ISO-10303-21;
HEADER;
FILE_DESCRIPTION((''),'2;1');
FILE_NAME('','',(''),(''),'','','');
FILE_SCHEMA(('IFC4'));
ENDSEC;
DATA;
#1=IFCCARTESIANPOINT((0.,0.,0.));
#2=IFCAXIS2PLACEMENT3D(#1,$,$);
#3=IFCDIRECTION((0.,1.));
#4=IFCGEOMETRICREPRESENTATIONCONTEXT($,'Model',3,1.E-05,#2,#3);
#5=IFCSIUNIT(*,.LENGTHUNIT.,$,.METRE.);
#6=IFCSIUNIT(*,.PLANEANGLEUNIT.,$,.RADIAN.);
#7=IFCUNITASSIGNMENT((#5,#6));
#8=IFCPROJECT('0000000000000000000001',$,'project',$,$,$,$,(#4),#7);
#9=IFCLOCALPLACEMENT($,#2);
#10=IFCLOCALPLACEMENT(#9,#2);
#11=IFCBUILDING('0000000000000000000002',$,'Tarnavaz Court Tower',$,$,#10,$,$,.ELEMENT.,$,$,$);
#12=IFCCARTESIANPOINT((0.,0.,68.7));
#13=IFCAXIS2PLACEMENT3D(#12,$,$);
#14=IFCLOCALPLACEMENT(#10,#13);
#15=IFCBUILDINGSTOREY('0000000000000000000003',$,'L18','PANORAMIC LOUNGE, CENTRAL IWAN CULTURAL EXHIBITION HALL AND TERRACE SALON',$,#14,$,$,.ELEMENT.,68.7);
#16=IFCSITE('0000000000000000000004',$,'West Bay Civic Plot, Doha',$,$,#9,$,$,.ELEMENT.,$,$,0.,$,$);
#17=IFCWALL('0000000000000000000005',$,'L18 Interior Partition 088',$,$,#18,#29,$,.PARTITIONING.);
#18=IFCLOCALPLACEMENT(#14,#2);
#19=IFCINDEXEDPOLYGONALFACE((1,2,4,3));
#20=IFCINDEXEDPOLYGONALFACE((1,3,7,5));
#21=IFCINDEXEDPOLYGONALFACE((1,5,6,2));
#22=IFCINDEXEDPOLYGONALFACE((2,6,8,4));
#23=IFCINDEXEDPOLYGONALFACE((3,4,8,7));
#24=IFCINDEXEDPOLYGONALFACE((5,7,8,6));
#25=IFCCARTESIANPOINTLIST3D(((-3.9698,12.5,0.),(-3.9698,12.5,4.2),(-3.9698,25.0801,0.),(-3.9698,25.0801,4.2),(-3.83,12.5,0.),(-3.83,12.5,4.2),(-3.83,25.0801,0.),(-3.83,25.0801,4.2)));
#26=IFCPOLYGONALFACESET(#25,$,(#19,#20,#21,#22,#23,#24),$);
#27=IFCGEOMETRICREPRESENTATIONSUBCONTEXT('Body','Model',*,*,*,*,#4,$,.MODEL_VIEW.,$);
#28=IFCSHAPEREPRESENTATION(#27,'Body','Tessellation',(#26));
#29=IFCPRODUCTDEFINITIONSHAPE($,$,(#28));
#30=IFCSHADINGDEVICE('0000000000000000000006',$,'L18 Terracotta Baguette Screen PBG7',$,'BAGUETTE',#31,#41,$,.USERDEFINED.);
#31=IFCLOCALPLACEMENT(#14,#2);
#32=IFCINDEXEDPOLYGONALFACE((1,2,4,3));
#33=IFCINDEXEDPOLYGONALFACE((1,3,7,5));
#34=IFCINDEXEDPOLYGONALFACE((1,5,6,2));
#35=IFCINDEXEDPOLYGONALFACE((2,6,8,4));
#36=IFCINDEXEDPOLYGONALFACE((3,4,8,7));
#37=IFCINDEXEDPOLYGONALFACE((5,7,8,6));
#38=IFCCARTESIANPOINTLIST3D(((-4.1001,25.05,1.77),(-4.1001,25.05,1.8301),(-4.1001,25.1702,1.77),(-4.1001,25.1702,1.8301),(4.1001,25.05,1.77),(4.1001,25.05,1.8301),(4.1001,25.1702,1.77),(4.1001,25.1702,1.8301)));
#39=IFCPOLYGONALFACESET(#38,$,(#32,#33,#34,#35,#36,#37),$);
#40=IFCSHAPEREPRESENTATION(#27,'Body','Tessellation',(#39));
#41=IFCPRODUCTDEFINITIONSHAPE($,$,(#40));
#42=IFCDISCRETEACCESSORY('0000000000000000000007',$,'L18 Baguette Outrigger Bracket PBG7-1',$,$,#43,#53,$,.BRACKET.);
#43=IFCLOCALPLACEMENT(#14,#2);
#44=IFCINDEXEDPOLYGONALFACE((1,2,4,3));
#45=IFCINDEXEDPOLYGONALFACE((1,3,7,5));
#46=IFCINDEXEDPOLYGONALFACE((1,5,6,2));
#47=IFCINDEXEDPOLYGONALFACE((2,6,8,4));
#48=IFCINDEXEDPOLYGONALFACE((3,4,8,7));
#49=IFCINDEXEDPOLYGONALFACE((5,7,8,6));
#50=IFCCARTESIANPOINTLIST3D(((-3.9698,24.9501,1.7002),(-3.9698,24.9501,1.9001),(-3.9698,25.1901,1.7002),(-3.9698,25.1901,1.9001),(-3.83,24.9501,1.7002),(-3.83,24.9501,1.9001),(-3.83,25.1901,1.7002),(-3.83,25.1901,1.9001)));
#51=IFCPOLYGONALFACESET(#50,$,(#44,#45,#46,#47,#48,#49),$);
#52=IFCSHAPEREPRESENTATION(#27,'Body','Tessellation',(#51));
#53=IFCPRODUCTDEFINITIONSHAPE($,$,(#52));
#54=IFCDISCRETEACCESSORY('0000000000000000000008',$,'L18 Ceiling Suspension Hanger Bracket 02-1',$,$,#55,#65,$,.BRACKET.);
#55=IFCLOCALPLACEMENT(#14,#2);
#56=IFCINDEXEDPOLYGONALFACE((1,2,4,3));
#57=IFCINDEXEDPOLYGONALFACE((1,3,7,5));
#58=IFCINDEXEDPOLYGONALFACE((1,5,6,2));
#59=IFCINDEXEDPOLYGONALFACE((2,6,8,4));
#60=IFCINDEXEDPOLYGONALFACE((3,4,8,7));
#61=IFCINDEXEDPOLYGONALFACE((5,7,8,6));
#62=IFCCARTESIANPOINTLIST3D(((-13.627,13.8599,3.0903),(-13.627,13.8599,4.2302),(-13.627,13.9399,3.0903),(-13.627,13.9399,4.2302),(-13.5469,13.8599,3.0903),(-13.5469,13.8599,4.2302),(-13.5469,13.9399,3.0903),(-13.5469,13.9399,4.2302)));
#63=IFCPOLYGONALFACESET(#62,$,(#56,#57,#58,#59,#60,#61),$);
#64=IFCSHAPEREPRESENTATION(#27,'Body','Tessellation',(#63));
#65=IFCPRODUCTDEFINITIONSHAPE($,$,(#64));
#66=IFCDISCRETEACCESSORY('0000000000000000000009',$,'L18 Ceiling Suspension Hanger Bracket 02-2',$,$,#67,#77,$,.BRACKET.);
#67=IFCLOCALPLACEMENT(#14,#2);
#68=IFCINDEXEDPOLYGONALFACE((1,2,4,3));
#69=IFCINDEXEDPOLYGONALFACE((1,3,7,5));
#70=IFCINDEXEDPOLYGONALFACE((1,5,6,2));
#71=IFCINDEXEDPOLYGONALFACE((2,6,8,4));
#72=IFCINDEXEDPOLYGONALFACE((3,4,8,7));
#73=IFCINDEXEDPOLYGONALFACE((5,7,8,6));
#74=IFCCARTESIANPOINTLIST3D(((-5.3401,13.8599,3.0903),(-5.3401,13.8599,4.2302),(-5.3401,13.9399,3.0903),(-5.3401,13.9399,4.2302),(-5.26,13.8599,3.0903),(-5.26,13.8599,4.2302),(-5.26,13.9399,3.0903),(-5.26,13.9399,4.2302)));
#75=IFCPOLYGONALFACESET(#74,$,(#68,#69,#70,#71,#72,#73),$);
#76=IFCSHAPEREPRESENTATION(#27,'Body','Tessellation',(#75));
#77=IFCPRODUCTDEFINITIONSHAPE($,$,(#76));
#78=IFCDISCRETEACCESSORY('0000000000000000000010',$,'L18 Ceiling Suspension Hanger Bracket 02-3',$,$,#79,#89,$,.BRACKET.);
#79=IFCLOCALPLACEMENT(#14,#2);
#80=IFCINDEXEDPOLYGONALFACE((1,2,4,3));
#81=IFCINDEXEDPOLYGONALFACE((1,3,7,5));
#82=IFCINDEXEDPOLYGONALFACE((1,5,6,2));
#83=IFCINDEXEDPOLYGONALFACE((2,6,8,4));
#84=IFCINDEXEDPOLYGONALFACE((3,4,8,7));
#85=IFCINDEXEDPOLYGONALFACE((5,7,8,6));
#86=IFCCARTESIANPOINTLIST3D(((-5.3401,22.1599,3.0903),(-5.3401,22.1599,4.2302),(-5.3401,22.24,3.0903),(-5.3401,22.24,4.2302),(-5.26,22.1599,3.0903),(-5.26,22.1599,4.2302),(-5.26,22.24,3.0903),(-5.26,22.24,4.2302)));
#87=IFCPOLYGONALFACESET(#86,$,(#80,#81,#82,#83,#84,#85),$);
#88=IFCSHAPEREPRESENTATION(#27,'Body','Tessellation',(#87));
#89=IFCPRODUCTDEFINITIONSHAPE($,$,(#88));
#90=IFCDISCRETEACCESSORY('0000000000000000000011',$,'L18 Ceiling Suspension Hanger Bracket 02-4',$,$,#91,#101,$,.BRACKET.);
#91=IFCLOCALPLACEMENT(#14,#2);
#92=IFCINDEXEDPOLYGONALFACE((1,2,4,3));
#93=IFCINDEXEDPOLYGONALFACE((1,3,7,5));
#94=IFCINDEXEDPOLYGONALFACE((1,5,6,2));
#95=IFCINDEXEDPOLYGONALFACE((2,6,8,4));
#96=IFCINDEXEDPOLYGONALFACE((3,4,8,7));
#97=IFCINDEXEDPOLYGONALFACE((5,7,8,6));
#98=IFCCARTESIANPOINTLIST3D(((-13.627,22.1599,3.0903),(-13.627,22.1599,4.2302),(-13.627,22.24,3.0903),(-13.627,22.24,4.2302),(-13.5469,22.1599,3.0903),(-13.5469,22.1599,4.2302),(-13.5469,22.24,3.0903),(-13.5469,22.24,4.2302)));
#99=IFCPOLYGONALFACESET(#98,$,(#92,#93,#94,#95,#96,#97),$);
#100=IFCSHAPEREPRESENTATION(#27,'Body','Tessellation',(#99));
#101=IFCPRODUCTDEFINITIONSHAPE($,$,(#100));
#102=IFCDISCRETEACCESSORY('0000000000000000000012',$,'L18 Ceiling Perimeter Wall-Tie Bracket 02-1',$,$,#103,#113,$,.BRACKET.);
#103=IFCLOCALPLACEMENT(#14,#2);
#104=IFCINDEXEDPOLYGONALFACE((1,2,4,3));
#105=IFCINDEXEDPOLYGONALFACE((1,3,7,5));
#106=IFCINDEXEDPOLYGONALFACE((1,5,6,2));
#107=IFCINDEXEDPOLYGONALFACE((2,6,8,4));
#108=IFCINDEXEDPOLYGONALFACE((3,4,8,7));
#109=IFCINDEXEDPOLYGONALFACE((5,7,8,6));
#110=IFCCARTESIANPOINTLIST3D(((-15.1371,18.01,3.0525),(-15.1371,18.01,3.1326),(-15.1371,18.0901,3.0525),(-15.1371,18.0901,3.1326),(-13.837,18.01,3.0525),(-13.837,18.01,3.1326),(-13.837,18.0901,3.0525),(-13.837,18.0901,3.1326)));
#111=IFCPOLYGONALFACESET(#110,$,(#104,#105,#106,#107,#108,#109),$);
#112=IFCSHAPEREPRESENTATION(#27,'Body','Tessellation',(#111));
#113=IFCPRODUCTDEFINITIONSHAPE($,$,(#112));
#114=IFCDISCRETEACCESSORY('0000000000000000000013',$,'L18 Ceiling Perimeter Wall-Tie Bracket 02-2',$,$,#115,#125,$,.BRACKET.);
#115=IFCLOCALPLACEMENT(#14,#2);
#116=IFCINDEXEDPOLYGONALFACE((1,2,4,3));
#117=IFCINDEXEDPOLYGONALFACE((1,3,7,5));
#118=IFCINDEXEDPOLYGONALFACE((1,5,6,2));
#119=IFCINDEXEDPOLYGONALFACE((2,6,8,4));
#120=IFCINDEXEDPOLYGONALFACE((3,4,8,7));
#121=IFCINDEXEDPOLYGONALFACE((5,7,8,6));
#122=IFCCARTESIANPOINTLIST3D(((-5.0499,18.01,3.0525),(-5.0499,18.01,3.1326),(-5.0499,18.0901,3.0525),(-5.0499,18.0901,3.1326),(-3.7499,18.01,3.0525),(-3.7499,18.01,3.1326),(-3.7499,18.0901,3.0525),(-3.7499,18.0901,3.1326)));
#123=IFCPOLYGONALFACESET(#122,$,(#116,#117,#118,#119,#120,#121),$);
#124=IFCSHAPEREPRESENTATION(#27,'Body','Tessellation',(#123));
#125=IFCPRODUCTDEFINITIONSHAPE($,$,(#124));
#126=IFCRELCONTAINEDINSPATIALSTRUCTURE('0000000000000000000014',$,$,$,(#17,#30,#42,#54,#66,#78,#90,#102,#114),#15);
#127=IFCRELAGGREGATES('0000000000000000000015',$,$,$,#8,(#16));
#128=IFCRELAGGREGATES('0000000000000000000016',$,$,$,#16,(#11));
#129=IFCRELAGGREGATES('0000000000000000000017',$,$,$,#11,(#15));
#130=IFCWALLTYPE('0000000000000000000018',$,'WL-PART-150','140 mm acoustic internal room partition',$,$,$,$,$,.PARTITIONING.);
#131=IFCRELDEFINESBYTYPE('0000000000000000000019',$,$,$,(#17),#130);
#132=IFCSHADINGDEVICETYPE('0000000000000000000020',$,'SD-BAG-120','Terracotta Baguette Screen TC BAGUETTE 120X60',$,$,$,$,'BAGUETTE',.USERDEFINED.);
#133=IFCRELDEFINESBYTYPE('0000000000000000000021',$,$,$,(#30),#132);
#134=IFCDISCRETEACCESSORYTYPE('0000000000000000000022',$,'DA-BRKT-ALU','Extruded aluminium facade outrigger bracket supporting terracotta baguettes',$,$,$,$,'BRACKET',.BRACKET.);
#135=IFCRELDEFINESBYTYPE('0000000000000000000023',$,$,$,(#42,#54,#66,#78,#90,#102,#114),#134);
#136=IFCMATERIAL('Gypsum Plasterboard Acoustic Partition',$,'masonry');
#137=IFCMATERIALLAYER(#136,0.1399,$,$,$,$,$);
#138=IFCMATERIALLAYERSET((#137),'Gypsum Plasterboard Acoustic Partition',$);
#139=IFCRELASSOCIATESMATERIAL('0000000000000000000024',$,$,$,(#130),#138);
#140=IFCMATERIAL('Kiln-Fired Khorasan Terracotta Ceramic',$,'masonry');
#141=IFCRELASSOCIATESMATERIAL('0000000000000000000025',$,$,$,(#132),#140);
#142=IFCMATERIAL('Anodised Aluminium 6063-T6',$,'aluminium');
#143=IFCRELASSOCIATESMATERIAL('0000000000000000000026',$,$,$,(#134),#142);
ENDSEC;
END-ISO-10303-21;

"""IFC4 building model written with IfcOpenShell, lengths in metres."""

from ifc_helpers import new_model, si_unit, direction, frame, frame_2d, origin, origin_2d, place, context, subcontext, project, spatial, rectangle, extrude, material, layer, layer_set, material_profile, profile_set, type_object, element, save


model = new_model("IFC4")

# Units and contexts
model_context = context("Model", 3, precision=1e-05, world=origin(), true_north=direction((0.0, 1.0)))
body_context = subcontext(model_context, "Body", "Model", "MODEL_VIEW")
ifc_project = project(units=[si_unit("LENGTHUNIT", "METRE"), si_unit("PLANEANGLEUNIT", "RADIAN")], contexts=[model_context])

# Site, building, storey
site_placement = place(None, origin())
site = spatial("IfcSite", under=ifc_project, at=site_placement, Name="West Bay Civic Plot, Doha", CompositionType="ELEMENT", RefElevation=0.0)
building_placement = place(site_placement, origin())
building = spatial("IfcBuilding", under=site, at=building_placement, Name="Tarnavaz Court Tower", CompositionType="ELEMENT")
storey_placement = place(building_placement, frame((0.0, 0.0, 68.7)))
storey = spatial("IfcBuildingStorey", under=building, at=storey_placement, Name="L18", Description="PANORAMIC LOUNGE, CENTRAL IWAN CULTURAL EXHIBITION HALL AND TERRACE SALON", CompositionType="ELEMENT", Elevation=68.7)

# Shared definitions
ifc_material_1 = material(Name="Anodised Aluminium 6063-T6", Category="aluminium")

# Wall
ifc_material_2 = material(Name="Gypsum Plasterboard Acoustic Partition", Category="masonry")
ifc_layer_1 = layer(ifc_material_2, 0.1399)
ifc_layer_set_1 = layer_set([ifc_layer_1], Name="Gypsum Plasterboard Acoustic Partition")
wall_type_1 = type_object("IfcWallType", Name="WL-PART-150", Description="140 mm acoustic internal room partition", PredefinedType="PARTITIONING", material=ifc_layer_set_1)
wall_1_placement = place(storey_placement, frame((-3.8999, 12.5, 0.0), z_axis=(0.0, 0.0, 1.0), x_axis=(0.0, 1.0, 0.0)))
element("IfcWall", 1, at=wall_1_placement, inside=storey, type_object=wall_type_1, Name="L18 Interior Partition 088", PredefinedType="PARTITIONING", context=body_context, shape_type="SweptSolid", body=[
    extrude(rectangle(XDim=12.5801, YDim=0.1399, at=frame_2d((6.29, 0.0))), origin(), (0.0, 0.0, 1.0), 4.2),
])

# Shading device
ifc_material_3 = material(Name="Kiln-Fired Khorasan Terracotta Ceramic", Category="masonry")
ifc_material_profile_1 = material_profile(ifc_material_3, rectangle(XDim=0.1201, YDim=0.0601, at=origin_2d()), Name="TC BAGUETTE 120X60")
ifc_profile_set_1 = profile_set([ifc_material_profile_1], Name="Kiln-Fired Khorasan Terracotta Ceramic")
shading_device_type = type_object("IfcShadingDeviceType", Name="SD-BAG-120", Description="Terracotta Baguette Screen TC BAGUETTE 120X60", ElementType="BAGUETTE", PredefinedType="USERDEFINED", material=ifc_profile_set_1)
shading_device_placement = place(storey_placement, frame((-4.1001, 25.1101, 1.8), z_axis=(1.0, 0.0, 0.0), x_axis=(0.0, 1.0, 0.0)))
element("IfcShadingDevice", 2, at=shading_device_placement, inside=storey, type_object=shading_device_type, Name="L18 Terracotta Baguette Screen PBG7", ObjectType="BAGUETTE", PredefinedType="USERDEFINED", context=body_context, shape_type="SweptSolid", body=[
    extrude(rectangle(XDim=0.1201, YDim=0.0601, at=origin_2d()), origin(), (0.0, 0.0, 1.0), 8.2002),
])

# Discrete accessories
discrete_accessory_type = type_object("IfcDiscreteAccessoryType", Name="DA-BRKT-ALU", Description="Extruded aluminium facade outrigger bracket supporting terracotta baguettes", ElementType="BRACKET", PredefinedType="BRACKET", material=ifc_material_1)
discrete_accessory_placement = place(storey_placement, frame((-3.8999, 25.0701, 1.7002), z_axis=(0.0, 0.0, 1.0), x_axis=(1.0, 0.0, 0.0)))
element("IfcDiscreteAccessory", 3, at=discrete_accessory_placement, inside=storey, type_object=discrete_accessory_type, Name="L18 Baguette Outrigger Bracket PBG7-1", PredefinedType="BRACKET", context=body_context, shape_type="SweptSolid", body=[
    extrude(rectangle(XDim=0.1399, YDim=0.24, at=origin_2d()), origin(), (0.0, 0.0, 1.0), 0.2),
])
for number, where, z_axis, x_axis, name in (
    (4, (-13.5869, 13.8999, 3.0903), (0.0, 0.0, 1.0), (1.0, 0.0, 0.0), "L18 Ceiling Suspension Hanger Bracket 02-1"),
    (5, (-5.3, 13.8999, 3.0903), (0.0, 0.0, 1.0), (1.0, 0.0, 0.0), "L18 Ceiling Suspension Hanger Bracket 02-2"),
    (6, (-5.3, 22.2, 3.0903), (0.0, 0.0, 1.0), (1.0, 0.0, 0.0), "L18 Ceiling Suspension Hanger Bracket 02-3"),
    (7, (-13.5869, 22.2, 3.0903), (0.0, 0.0, 1.0), (1.0, 0.0, 0.0), "L18 Ceiling Suspension Hanger Bracket 02-4"),
):
    element("IfcDiscreteAccessory", number, at=place(storey_placement, frame(where, z_axis=z_axis, x_axis=x_axis)), inside=storey, type_object=discrete_accessory_type, Name=name, PredefinedType="BRACKET", context=body_context, shape_type="SweptSolid", body=[
        extrude(rectangle(XDim=0.0801, YDim=0.0801, at=origin_2d()), origin(), (0.0, 0.0, 1.0), 1.1399),
    ])
for number, where, z_axis, x_axis, name in (
    (8, (-14.4871, 18.05, 3.0525), (0.0, 0.0, 1.0), (1.0, 0.0, 0.0), "L18 Ceiling Perimeter Wall-Tie Bracket 02-1"),
    (9, (-4.3999, 18.05, 3.0525), (0.0, 0.0, 1.0), (1.0, 0.0, 0.0), "L18 Ceiling Perimeter Wall-Tie Bracket 02-2"),
):
    element("IfcDiscreteAccessory", number, at=place(storey_placement, frame(where, z_axis=z_axis, x_axis=x_axis)), inside=storey, type_object=discrete_accessory_type, Name=name, PredefinedType="BRACKET", context=body_context, shape_type="SweptSolid", body=[
        extrude(rectangle(XDim=1.3, YDim=0.0801, at=origin_2d()), origin(), (0.0, 0.0, 1.0), 0.0801),
    ])

save(model, "model.ifc")
